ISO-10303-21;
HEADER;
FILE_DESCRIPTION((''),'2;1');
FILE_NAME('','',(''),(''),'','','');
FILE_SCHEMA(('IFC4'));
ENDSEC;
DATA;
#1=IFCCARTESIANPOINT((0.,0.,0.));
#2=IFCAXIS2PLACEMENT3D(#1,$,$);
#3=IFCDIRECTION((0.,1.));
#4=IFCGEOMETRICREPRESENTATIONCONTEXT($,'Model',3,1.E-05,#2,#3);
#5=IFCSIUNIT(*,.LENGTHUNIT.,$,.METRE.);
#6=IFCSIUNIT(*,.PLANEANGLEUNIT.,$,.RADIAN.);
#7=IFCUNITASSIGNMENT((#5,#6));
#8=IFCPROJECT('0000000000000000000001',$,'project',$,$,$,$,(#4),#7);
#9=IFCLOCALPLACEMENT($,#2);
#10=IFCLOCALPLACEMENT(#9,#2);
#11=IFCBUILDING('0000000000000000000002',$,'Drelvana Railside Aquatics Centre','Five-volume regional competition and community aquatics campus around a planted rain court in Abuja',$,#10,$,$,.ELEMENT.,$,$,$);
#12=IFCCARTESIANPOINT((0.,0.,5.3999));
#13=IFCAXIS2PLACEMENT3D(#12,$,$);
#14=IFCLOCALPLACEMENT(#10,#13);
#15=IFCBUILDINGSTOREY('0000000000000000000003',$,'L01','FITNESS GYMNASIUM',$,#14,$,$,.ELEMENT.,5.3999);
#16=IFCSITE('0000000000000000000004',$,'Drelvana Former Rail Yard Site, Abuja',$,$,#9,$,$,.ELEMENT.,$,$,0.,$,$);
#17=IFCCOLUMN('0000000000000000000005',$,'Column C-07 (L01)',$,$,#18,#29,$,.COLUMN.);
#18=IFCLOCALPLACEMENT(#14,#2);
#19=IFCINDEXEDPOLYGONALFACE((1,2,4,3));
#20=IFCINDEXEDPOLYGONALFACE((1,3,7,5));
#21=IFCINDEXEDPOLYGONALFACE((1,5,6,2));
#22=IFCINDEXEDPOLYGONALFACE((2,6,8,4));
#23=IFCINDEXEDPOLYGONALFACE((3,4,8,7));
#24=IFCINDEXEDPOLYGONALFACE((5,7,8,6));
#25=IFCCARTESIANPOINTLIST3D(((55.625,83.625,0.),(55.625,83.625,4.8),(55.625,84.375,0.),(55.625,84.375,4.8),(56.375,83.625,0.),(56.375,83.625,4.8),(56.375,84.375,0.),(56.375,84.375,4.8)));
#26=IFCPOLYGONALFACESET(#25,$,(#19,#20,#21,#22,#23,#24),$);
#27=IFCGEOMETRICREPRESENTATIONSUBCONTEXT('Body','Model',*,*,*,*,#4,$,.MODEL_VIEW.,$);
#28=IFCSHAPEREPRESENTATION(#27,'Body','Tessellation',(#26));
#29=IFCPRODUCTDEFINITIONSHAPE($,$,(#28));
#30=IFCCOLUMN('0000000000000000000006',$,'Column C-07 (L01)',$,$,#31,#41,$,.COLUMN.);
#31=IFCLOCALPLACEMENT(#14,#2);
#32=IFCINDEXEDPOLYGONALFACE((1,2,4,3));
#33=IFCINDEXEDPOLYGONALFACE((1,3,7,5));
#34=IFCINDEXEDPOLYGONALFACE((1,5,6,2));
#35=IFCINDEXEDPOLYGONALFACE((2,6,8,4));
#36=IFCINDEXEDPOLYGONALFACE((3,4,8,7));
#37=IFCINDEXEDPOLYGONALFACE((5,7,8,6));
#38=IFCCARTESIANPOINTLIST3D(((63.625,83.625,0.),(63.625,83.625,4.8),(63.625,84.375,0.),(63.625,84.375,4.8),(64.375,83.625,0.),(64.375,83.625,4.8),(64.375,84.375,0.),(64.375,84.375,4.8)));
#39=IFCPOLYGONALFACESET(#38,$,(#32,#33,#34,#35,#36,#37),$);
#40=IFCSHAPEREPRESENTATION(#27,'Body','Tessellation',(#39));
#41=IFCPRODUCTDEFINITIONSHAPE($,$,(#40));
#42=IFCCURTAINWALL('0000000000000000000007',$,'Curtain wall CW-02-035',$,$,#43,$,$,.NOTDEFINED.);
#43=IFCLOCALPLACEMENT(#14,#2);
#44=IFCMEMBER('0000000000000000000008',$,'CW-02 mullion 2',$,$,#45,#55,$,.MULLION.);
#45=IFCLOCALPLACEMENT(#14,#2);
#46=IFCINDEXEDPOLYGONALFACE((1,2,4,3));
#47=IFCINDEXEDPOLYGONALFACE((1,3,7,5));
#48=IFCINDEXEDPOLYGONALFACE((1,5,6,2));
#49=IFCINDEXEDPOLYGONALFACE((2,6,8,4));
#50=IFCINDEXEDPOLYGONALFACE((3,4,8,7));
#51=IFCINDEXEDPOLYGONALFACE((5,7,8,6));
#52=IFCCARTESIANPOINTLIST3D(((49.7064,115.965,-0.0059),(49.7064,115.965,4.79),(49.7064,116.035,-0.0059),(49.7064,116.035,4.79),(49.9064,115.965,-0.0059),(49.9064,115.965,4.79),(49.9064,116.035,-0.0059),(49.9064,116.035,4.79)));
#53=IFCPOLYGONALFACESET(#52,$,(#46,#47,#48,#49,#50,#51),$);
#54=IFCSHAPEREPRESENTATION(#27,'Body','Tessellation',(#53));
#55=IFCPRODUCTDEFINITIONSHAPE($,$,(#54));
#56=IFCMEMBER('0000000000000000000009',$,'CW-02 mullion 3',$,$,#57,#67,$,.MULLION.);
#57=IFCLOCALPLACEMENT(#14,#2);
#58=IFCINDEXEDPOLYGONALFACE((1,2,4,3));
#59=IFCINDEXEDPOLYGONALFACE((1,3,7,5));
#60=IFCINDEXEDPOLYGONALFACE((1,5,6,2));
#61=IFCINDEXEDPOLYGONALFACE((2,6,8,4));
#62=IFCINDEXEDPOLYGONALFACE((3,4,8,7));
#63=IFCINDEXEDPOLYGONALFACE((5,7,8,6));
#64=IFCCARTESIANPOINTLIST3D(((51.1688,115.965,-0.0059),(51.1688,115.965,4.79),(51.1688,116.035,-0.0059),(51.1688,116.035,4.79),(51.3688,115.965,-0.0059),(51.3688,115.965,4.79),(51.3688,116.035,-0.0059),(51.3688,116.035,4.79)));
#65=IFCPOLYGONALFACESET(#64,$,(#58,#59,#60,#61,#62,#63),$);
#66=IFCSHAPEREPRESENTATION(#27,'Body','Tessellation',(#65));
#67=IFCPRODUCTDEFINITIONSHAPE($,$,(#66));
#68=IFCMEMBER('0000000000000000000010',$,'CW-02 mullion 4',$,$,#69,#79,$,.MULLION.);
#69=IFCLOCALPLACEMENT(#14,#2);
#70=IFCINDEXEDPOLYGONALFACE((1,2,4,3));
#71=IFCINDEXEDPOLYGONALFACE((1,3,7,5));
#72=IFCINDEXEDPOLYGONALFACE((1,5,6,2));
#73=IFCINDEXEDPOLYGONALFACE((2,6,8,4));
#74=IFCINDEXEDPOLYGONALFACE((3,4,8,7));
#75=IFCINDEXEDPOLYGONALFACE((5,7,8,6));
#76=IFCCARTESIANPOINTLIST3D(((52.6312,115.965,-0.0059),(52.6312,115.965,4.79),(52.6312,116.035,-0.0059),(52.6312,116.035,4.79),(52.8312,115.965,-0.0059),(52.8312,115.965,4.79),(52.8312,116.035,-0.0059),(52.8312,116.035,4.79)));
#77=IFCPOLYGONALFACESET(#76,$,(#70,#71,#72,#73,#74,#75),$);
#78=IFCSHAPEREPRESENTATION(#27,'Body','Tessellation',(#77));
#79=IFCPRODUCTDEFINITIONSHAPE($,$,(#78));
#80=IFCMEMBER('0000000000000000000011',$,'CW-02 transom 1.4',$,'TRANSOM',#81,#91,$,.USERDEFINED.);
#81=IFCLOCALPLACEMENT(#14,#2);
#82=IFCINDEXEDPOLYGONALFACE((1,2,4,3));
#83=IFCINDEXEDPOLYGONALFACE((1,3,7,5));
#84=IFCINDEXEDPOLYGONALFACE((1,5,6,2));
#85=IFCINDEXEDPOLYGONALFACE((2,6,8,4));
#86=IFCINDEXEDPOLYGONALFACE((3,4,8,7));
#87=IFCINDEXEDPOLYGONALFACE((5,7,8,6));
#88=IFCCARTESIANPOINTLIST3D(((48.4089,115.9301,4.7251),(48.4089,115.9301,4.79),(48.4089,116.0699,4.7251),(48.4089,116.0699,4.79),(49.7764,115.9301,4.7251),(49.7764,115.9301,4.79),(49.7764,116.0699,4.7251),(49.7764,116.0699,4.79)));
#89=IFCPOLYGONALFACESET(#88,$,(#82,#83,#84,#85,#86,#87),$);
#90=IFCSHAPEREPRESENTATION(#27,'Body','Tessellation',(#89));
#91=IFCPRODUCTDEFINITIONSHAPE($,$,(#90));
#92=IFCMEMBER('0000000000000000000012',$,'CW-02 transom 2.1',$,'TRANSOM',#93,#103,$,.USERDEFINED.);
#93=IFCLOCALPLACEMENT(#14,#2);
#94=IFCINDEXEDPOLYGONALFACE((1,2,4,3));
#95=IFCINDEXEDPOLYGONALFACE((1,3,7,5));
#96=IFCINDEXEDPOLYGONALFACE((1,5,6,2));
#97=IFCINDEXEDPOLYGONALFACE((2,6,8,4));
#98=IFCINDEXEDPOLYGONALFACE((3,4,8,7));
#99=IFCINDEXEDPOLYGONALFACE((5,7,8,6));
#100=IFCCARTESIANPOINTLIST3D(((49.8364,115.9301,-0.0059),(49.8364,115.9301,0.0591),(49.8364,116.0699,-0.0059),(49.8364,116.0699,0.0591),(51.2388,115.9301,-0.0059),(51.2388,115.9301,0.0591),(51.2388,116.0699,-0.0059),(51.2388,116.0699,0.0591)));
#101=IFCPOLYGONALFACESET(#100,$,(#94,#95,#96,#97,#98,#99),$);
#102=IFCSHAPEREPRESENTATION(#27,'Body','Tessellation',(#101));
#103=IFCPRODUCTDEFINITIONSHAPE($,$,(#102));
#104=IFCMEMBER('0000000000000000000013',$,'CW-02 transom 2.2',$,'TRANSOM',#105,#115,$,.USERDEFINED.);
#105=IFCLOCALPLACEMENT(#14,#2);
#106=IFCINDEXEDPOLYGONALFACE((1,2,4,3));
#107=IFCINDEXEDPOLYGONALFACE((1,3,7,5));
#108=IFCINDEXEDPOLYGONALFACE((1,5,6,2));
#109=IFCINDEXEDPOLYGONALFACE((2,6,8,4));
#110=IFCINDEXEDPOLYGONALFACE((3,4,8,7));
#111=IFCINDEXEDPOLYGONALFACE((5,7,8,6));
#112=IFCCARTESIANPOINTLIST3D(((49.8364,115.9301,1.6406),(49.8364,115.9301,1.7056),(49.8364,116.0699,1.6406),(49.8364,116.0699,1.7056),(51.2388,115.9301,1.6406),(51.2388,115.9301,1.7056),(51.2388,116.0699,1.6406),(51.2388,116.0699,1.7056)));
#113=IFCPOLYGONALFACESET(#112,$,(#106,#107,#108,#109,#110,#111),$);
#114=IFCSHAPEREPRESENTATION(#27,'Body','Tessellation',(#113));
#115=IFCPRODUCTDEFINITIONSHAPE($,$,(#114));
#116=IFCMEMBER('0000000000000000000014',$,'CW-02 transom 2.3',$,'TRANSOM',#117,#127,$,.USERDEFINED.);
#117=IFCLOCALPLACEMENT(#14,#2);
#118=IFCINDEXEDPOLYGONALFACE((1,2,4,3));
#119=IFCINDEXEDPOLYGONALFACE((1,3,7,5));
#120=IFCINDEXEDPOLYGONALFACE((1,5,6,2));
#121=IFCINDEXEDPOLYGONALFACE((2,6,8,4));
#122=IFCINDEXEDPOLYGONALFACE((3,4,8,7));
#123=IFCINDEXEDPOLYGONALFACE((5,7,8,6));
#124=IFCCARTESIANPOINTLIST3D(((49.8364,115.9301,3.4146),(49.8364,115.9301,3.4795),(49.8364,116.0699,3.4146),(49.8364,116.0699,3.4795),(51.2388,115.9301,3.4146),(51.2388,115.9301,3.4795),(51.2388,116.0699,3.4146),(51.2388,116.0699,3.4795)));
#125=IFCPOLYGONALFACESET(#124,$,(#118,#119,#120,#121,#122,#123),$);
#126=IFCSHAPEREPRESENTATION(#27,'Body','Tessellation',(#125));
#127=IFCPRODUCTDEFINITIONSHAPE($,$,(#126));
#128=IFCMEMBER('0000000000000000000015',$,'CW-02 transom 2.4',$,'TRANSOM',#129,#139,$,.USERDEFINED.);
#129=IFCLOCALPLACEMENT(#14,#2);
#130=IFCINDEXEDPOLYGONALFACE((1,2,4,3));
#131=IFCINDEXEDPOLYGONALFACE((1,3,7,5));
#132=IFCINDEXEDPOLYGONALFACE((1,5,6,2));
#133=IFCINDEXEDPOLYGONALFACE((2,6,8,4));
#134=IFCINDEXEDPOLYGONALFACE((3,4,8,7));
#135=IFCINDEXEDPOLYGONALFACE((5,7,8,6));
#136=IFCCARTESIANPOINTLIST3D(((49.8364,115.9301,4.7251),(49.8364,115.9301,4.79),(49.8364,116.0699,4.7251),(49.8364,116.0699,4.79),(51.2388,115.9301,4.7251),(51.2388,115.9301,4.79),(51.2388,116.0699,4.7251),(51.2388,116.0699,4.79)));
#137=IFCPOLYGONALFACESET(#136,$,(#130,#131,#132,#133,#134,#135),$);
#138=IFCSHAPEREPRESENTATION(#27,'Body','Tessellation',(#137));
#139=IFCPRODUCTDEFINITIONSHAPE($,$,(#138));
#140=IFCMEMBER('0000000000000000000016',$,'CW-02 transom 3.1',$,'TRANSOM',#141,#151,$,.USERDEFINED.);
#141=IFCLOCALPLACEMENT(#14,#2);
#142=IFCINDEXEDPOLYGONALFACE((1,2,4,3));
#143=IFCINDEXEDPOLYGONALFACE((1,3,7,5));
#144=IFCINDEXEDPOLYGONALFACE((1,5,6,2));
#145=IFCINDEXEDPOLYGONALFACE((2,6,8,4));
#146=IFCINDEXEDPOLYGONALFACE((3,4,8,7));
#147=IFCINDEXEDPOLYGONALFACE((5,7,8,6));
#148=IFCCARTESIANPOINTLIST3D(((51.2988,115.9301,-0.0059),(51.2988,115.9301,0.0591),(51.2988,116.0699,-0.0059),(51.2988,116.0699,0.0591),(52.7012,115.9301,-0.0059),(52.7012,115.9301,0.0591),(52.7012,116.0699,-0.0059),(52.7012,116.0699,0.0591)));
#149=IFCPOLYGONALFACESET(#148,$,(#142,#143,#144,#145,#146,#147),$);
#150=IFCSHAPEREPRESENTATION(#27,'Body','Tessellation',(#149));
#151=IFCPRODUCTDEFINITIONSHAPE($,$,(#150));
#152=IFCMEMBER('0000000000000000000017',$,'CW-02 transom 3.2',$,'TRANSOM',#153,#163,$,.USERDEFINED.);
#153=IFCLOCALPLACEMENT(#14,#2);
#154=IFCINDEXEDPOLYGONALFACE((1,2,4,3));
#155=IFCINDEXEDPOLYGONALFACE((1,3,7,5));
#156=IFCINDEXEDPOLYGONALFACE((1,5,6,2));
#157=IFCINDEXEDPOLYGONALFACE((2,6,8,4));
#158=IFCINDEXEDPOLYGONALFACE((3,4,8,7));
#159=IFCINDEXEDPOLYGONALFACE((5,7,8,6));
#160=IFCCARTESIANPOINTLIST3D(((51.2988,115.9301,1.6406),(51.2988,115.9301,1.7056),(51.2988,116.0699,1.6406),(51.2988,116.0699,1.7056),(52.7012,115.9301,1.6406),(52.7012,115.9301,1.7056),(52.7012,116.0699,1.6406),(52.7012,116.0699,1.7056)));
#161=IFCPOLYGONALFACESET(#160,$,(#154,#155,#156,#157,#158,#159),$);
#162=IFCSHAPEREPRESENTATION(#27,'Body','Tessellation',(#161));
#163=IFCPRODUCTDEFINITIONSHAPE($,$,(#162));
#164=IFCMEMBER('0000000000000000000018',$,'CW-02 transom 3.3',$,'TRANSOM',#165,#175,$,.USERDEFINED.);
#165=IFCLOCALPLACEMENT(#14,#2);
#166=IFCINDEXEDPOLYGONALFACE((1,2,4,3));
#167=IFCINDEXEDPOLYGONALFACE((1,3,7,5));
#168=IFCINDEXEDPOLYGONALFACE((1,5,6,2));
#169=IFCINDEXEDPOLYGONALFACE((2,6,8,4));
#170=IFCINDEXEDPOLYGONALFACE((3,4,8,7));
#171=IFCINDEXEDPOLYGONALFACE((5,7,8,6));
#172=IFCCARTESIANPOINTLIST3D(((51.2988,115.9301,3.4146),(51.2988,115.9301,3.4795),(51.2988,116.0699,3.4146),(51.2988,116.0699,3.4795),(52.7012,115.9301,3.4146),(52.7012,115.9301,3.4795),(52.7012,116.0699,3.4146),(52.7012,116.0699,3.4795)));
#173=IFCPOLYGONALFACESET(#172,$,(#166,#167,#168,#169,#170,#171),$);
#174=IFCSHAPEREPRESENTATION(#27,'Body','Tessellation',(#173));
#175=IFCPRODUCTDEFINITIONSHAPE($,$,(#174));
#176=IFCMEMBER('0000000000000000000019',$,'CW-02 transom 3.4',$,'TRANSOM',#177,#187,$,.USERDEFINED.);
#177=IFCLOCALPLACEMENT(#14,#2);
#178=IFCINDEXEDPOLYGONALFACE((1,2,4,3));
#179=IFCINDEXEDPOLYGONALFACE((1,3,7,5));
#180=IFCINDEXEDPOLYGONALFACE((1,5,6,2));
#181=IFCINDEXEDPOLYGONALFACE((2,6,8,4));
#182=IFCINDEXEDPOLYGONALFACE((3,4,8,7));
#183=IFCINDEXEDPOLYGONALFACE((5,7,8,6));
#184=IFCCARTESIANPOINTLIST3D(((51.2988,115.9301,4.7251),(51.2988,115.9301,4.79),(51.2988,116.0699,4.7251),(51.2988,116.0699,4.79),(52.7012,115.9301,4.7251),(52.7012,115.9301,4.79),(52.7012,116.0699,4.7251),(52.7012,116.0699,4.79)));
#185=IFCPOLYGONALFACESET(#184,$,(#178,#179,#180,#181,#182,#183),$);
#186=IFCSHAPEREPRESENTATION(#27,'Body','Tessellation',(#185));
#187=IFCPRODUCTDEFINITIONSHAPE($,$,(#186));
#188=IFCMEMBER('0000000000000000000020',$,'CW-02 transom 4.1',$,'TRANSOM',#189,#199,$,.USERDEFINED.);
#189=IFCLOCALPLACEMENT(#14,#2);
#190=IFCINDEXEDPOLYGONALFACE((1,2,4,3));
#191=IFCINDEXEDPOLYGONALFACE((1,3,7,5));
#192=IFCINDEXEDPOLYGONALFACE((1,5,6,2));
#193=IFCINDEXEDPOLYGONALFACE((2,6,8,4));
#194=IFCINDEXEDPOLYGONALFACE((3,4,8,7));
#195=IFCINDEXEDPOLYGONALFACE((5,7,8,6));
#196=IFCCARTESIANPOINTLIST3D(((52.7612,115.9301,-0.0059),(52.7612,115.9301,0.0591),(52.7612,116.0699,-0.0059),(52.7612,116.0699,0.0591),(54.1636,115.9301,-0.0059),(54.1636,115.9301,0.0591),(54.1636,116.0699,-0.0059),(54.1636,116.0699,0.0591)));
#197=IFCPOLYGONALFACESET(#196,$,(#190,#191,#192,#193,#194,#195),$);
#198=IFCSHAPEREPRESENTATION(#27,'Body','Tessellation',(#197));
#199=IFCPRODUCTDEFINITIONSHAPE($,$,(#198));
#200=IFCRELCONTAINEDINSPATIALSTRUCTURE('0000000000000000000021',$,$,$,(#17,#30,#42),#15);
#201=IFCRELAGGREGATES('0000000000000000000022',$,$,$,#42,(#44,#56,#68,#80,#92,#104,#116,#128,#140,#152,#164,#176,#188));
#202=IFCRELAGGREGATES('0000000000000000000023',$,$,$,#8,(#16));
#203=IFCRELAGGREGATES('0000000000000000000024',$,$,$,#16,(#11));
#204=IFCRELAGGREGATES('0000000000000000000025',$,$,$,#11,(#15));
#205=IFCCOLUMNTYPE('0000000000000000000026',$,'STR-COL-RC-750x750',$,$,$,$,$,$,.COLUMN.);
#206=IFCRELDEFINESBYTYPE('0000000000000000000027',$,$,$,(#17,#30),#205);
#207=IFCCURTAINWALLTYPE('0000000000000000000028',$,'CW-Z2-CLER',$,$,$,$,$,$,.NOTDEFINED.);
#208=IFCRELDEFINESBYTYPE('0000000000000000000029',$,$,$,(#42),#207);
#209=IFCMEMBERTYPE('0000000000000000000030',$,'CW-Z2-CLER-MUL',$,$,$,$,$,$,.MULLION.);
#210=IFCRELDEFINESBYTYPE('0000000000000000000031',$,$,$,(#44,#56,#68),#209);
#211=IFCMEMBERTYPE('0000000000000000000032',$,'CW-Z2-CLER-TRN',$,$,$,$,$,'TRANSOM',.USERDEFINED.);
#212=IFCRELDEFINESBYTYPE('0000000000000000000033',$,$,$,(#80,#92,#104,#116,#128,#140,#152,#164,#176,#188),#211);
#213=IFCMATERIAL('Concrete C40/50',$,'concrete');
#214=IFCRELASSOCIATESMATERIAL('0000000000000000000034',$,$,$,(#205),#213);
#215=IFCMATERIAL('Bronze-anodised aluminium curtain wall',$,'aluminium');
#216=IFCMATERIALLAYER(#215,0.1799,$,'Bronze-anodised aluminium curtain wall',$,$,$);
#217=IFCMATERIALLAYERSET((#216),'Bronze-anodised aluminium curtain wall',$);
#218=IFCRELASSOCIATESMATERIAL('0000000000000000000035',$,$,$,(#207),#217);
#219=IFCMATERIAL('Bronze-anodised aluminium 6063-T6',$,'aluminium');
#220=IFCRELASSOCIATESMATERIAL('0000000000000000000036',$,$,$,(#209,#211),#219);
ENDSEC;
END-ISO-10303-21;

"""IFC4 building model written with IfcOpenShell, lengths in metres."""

from ifc_helpers import new_model, si_unit, direction, frame, origin, origin_2d, place, context, subcontext, project, spatial, rectangle, extrude, material, layer, layer_set, material_profile, profile_set, type_object, element, aggregate, save


model = new_model("IFC4")

# Units and contexts
model_context = context("Model", 3, precision=1e-05, world=origin(), true_north=direction((0.0, 1.0)))
body_context = subcontext(model_context, "Body", "Model", "MODEL_VIEW")
ifc_project = project(units=[si_unit("LENGTHUNIT", "METRE"), si_unit("PLANEANGLEUNIT", "RADIAN")], contexts=[model_context])

# Site, building, storey
site_placement = place(None, origin())
site = spatial("IfcSite", under=ifc_project, at=site_placement, Name="Drelvana Former Rail Yard Site, Abuja", CompositionType="ELEMENT", RefElevation=0.0)
building_placement = place(site_placement, origin())
building = spatial("IfcBuilding", under=site, at=building_placement, Name="Drelvana Railside Aquatics Centre", Description="Five-volume regional competition and community aquatics campus around a planted rain court in Abuja", CompositionType="ELEMENT")
storey_placement = place(building_placement, frame((0.0, 0.0, 5.3999)))
storey = spatial("IfcBuildingStorey", under=building, at=storey_placement, Name="L01", Description="FITNESS GYMNASIUM", CompositionType="ELEMENT", Elevation=5.3999)

# Columns
ifc_material_1 = material(Name="Concrete C40/50", Category="concrete")
ifc_material_profile_1 = material_profile(ifc_material_1, rectangle(XDim=0.75, YDim=0.75, at=origin_2d()), Name="RC 750x750")
ifc_profile_set_1 = profile_set([ifc_material_profile_1], Name="Concrete C40/50")
column_type = type_object("IfcColumnType", Name="STR-COL-RC-750x750", PredefinedType="COLUMN", material=ifc_profile_set_1)
for number, where, z_axis, x_axis, name in (
    (1, (56.0, 84.0, 0.0), (0.0, 0.0, 1.0), (1.0, 0.0, 0.0), "Column C-07 (L01)"),
    (2, (64.0, 84.0, 0.0), (0.0, 0.0, 1.0), (1.0, 0.0, 0.0), "Column C-07 (L01)"),
):
    element("IfcColumn", number, at=place(storey_placement, frame(where, z_axis=z_axis, x_axis=x_axis)), inside=storey, type_object=column_type, Name=name, PredefinedType="COLUMN", context=body_context, shape_type="SweptSolid", body=[
        extrude(rectangle(XDim=0.75, YDim=0.75, at=origin_2d()), origin(), (0.0, 0.0, 1.0), 4.8),
    ])

# Curtain wall, members
ifc_material_2 = material(Name="Bronze-anodised aluminium curtain wall", Category="aluminium")
ifc_layer_1 = layer(ifc_material_2, 0.1799, Name="Bronze-anodised aluminium curtain wall")
ifc_layer_set_1 = layer_set([ifc_layer_1], Name="Bronze-anodised aluminium curtain wall")
curtain_wall_type = type_object("IfcCurtainWallType", Name="CW-Z2-CLER", PredefinedType="NOTDEFINED", material=ifc_layer_set_1)
curtain_wall_placement = place(storey_placement, origin())
curtain_wall = element("IfcCurtainWall", 3, at=curtain_wall_placement, inside=storey, type_object=curtain_wall_type, Name="Curtain wall CW-02-035", PredefinedType="NOTDEFINED")
ifc_material_3 = material(Name="Bronze-anodised aluminium 6063-T6", Category="aluminium")
ifc_material_profile_2 = material_profile(ifc_material_3, rectangle(XDim=0.0701, YDim=0.2, at=origin_2d()), Name="ALU-M 70x200")
ifc_profile_set_2 = profile_set([ifc_material_profile_2], Name="Bronze-anodised aluminium 6063-T6")
member_type_1 = type_object("IfcMemberType", Name="CW-Z2-CLER-MUL", PredefinedType="MULLION", material=ifc_profile_set_2)
member_1_placement = place(storey_placement, frame((49.8064, 116.0, -0.0059), z_axis=(0.0, 0.0, 1.0), x_axis=(0.0, 1.0, 0.0)))
member_1 = element("IfcMember", 4, at=member_1_placement, type_object=member_type_1, Name="CW-02 mullion 2", PredefinedType="MULLION", context=body_context, shape_type="SweptSolid", body=[
    extrude(rectangle(XDim=0.0701, YDim=0.2, at=origin_2d()), origin(), (0.0, 0.0, 1.0), 4.7959),
])
member_2_placement = place(storey_placement, frame((51.2688, 116.0, -0.0059), z_axis=(0.0, 0.0, 1.0), x_axis=(0.0, 1.0, 0.0)))
member_2 = element("IfcMember", 5, at=member_2_placement, type_object=member_type_1, Name="CW-02 mullion 3", PredefinedType="MULLION", context=body_context, shape_type="SweptSolid", body=[
    extrude(rectangle(XDim=0.0701, YDim=0.2, at=origin_2d()), origin(), (0.0, 0.0, 1.0), 4.7959),
])
member_3_placement = place(storey_placement, frame((52.7312, 116.0, -0.0059), z_axis=(0.0, 0.0, 1.0), x_axis=(0.0, 1.0, 0.0)))
member_3 = element("IfcMember", 6, at=member_3_placement, type_object=member_type_1, Name="CW-02 mullion 4", PredefinedType="MULLION", context=body_context, shape_type="SweptSolid", body=[
    extrude(rectangle(XDim=0.0701, YDim=0.2, at=origin_2d()), origin(), (0.0, 0.0, 1.0), 4.7959),
])
ifc_material_profile_3 = material_profile(ifc_material_3, rectangle(XDim=0.1399, YDim=0.0649, at=origin_2d()), Name="ALU-T 65x140")
ifc_profile_set_3 = profile_set([ifc_material_profile_3], Name="Bronze-anodised aluminium 6063-T6")
member_type_2 = type_object("IfcMemberType", Name="CW-Z2-CLER-TRN", ElementType="TRANSOM", PredefinedType="USERDEFINED", material=ifc_profile_set_3)
member_4_placement = place(storey_placement, frame((48.4089, 116.0, 4.7576), z_axis=(1.0, 0.0, 0.0), x_axis=(0.0, 1.0, 0.0)))
member_4 = element("IfcMember", 7, at=member_4_placement, type_object=member_type_2, Name="CW-02 transom 1.4", ObjectType="TRANSOM", PredefinedType="USERDEFINED", context=body_context, shape_type="SweptSolid", body=[
    extrude(rectangle(XDim=0.1399, YDim=0.0649, at=origin_2d()), origin(), (0.0, 0.0, 1.0), 1.3674),
])
member_5_placement = place(storey_placement, frame((49.8364, 116.0, 0.0266), z_axis=(1.0, 0.0, 0.0), x_axis=(0.0, 1.0, 0.0)))
member_5 = element("IfcMember", 8, at=member_5_placement, type_object=member_type_2, Name="CW-02 transom 2.1", ObjectType="TRANSOM", PredefinedType="USERDEFINED", context=body_context, shape_type="SweptSolid", body=[
    extrude(rectangle(XDim=0.1399, YDim=0.0649, at=origin_2d()), origin(), (0.0, 0.0, 1.0), 1.4023),
])
member_6_placement = place(storey_placement, frame((49.8364, 116.0, 1.6731), z_axis=(1.0, 0.0, 0.0), x_axis=(0.0, 1.0, 0.0)))
member_6 = element("IfcMember", 9, at=member_6_placement, type_object=member_type_2, Name="CW-02 transom 2.2", ObjectType="TRANSOM", PredefinedType="USERDEFINED", context=body_context, shape_type="SweptSolid", body=[
    extrude(rectangle(XDim=0.1399, YDim=0.0649, at=origin_2d()), origin(), (0.0, 0.0, 1.0), 1.4023),
])
member_7_placement = place(storey_placement, frame((49.8364, 116.0, 3.447), z_axis=(1.0, 0.0, 0.0), x_axis=(0.0, 1.0, 0.0)))
member_7 = element("IfcMember", 10, at=member_7_placement, type_object=member_type_2, Name="CW-02 transom 2.3", ObjectType="TRANSOM", PredefinedType="USERDEFINED", context=body_context, shape_type="SweptSolid", body=[
    extrude(rectangle(XDim=0.1399, YDim=0.0649, at=origin_2d()), origin(), (0.0, 0.0, 1.0), 1.4023),
])
member_8_placement = place(storey_placement, frame((49.8364, 116.0, 4.7576), z_axis=(1.0, 0.0, 0.0), x_axis=(0.0, 1.0, 0.0)))
member_8 = element("IfcMember", 11, at=member_8_placement, type_object=member_type_2, Name="CW-02 transom 2.4", ObjectType="TRANSOM", PredefinedType="USERDEFINED", context=body_context, shape_type="SweptSolid", body=[
    extrude(rectangle(XDim=0.1399, YDim=0.0649, at=origin_2d()), origin(), (0.0, 0.0, 1.0), 1.4023),
])
member_9_placement = place(storey_placement, frame((51.2988, 116.0, 0.0266), z_axis=(1.0, 0.0, 0.0), x_axis=(0.0, 1.0, 0.0)))
member_9 = element("IfcMember", 12, at=member_9_placement, type_object=member_type_2, Name="CW-02 transom 3.1", ObjectType="TRANSOM", PredefinedType="USERDEFINED", context=body_context, shape_type="SweptSolid", body=[
    extrude(rectangle(XDim=0.1399, YDim=0.0649, at=origin_2d()), origin(), (0.0, 0.0, 1.0), 1.4023),
])
member_10_placement = place(storey_placement, frame((51.2988, 116.0, 1.6731), z_axis=(1.0, 0.0, 0.0), x_axis=(0.0, 1.0, 0.0)))
member_10 = element("IfcMember", 13, at=member_10_placement, type_object=member_type_2, Name="CW-02 transom 3.2", ObjectType="TRANSOM", PredefinedType="USERDEFINED", context=body_context, shape_type="SweptSolid", body=[
    extrude(rectangle(XDim=0.1399, YDim=0.0649, at=origin_2d()), origin(), (0.0, 0.0, 1.0), 1.4023),
])
member_11_placement = place(storey_placement, frame((51.2988, 116.0, 3.447), z_axis=(1.0, 0.0, 0.0), x_axis=(0.0, 1.0, 0.0)))
member_11 = element("IfcMember", 14, at=member_11_placement, type_object=member_type_2, Name="CW-02 transom 3.3", ObjectType="TRANSOM", PredefinedType="USERDEFINED", context=body_context, shape_type="SweptSolid", body=[
    extrude(rectangle(XDim=0.1399, YDim=0.0649, at=origin_2d()), origin(), (0.0, 0.0, 1.0), 1.4023),
])
member_12_placement = place(storey_placement, frame((51.2988, 116.0, 4.7576), z_axis=(1.0, 0.0, 0.0), x_axis=(0.0, 1.0, 0.0)))
member_12 = element("IfcMember", 15, at=member_12_placement, type_object=member_type_2, Name="CW-02 transom 3.4", ObjectType="TRANSOM", PredefinedType="USERDEFINED", context=body_context, shape_type="SweptSolid", body=[
    extrude(rectangle(XDim=0.1399, YDim=0.0649, at=origin_2d()), origin(), (0.0, 0.0, 1.0), 1.4023),
])
member_13_placement = place(storey_placement, frame((52.7612, 116.0, 0.0266), z_axis=(1.0, 0.0, 0.0), x_axis=(0.0, 1.0, 0.0)))
member_13 = element("IfcMember", 16, at=member_13_placement, type_object=member_type_2, Name="CW-02 transom 4.1", ObjectType="TRANSOM", PredefinedType="USERDEFINED", context=body_context, shape_type="SweptSolid", body=[
    extrude(rectangle(XDim=0.1399, YDim=0.0649, at=origin_2d()), origin(), (0.0, 0.0, 1.0), 1.4023),
])

aggregate(curtain_wall, [member_1, member_2, member_3, member_4, member_5, member_6, member_7, member_8, member_9, member_10, member_11, member_12, member_13])

save(model, "model.ifc")
